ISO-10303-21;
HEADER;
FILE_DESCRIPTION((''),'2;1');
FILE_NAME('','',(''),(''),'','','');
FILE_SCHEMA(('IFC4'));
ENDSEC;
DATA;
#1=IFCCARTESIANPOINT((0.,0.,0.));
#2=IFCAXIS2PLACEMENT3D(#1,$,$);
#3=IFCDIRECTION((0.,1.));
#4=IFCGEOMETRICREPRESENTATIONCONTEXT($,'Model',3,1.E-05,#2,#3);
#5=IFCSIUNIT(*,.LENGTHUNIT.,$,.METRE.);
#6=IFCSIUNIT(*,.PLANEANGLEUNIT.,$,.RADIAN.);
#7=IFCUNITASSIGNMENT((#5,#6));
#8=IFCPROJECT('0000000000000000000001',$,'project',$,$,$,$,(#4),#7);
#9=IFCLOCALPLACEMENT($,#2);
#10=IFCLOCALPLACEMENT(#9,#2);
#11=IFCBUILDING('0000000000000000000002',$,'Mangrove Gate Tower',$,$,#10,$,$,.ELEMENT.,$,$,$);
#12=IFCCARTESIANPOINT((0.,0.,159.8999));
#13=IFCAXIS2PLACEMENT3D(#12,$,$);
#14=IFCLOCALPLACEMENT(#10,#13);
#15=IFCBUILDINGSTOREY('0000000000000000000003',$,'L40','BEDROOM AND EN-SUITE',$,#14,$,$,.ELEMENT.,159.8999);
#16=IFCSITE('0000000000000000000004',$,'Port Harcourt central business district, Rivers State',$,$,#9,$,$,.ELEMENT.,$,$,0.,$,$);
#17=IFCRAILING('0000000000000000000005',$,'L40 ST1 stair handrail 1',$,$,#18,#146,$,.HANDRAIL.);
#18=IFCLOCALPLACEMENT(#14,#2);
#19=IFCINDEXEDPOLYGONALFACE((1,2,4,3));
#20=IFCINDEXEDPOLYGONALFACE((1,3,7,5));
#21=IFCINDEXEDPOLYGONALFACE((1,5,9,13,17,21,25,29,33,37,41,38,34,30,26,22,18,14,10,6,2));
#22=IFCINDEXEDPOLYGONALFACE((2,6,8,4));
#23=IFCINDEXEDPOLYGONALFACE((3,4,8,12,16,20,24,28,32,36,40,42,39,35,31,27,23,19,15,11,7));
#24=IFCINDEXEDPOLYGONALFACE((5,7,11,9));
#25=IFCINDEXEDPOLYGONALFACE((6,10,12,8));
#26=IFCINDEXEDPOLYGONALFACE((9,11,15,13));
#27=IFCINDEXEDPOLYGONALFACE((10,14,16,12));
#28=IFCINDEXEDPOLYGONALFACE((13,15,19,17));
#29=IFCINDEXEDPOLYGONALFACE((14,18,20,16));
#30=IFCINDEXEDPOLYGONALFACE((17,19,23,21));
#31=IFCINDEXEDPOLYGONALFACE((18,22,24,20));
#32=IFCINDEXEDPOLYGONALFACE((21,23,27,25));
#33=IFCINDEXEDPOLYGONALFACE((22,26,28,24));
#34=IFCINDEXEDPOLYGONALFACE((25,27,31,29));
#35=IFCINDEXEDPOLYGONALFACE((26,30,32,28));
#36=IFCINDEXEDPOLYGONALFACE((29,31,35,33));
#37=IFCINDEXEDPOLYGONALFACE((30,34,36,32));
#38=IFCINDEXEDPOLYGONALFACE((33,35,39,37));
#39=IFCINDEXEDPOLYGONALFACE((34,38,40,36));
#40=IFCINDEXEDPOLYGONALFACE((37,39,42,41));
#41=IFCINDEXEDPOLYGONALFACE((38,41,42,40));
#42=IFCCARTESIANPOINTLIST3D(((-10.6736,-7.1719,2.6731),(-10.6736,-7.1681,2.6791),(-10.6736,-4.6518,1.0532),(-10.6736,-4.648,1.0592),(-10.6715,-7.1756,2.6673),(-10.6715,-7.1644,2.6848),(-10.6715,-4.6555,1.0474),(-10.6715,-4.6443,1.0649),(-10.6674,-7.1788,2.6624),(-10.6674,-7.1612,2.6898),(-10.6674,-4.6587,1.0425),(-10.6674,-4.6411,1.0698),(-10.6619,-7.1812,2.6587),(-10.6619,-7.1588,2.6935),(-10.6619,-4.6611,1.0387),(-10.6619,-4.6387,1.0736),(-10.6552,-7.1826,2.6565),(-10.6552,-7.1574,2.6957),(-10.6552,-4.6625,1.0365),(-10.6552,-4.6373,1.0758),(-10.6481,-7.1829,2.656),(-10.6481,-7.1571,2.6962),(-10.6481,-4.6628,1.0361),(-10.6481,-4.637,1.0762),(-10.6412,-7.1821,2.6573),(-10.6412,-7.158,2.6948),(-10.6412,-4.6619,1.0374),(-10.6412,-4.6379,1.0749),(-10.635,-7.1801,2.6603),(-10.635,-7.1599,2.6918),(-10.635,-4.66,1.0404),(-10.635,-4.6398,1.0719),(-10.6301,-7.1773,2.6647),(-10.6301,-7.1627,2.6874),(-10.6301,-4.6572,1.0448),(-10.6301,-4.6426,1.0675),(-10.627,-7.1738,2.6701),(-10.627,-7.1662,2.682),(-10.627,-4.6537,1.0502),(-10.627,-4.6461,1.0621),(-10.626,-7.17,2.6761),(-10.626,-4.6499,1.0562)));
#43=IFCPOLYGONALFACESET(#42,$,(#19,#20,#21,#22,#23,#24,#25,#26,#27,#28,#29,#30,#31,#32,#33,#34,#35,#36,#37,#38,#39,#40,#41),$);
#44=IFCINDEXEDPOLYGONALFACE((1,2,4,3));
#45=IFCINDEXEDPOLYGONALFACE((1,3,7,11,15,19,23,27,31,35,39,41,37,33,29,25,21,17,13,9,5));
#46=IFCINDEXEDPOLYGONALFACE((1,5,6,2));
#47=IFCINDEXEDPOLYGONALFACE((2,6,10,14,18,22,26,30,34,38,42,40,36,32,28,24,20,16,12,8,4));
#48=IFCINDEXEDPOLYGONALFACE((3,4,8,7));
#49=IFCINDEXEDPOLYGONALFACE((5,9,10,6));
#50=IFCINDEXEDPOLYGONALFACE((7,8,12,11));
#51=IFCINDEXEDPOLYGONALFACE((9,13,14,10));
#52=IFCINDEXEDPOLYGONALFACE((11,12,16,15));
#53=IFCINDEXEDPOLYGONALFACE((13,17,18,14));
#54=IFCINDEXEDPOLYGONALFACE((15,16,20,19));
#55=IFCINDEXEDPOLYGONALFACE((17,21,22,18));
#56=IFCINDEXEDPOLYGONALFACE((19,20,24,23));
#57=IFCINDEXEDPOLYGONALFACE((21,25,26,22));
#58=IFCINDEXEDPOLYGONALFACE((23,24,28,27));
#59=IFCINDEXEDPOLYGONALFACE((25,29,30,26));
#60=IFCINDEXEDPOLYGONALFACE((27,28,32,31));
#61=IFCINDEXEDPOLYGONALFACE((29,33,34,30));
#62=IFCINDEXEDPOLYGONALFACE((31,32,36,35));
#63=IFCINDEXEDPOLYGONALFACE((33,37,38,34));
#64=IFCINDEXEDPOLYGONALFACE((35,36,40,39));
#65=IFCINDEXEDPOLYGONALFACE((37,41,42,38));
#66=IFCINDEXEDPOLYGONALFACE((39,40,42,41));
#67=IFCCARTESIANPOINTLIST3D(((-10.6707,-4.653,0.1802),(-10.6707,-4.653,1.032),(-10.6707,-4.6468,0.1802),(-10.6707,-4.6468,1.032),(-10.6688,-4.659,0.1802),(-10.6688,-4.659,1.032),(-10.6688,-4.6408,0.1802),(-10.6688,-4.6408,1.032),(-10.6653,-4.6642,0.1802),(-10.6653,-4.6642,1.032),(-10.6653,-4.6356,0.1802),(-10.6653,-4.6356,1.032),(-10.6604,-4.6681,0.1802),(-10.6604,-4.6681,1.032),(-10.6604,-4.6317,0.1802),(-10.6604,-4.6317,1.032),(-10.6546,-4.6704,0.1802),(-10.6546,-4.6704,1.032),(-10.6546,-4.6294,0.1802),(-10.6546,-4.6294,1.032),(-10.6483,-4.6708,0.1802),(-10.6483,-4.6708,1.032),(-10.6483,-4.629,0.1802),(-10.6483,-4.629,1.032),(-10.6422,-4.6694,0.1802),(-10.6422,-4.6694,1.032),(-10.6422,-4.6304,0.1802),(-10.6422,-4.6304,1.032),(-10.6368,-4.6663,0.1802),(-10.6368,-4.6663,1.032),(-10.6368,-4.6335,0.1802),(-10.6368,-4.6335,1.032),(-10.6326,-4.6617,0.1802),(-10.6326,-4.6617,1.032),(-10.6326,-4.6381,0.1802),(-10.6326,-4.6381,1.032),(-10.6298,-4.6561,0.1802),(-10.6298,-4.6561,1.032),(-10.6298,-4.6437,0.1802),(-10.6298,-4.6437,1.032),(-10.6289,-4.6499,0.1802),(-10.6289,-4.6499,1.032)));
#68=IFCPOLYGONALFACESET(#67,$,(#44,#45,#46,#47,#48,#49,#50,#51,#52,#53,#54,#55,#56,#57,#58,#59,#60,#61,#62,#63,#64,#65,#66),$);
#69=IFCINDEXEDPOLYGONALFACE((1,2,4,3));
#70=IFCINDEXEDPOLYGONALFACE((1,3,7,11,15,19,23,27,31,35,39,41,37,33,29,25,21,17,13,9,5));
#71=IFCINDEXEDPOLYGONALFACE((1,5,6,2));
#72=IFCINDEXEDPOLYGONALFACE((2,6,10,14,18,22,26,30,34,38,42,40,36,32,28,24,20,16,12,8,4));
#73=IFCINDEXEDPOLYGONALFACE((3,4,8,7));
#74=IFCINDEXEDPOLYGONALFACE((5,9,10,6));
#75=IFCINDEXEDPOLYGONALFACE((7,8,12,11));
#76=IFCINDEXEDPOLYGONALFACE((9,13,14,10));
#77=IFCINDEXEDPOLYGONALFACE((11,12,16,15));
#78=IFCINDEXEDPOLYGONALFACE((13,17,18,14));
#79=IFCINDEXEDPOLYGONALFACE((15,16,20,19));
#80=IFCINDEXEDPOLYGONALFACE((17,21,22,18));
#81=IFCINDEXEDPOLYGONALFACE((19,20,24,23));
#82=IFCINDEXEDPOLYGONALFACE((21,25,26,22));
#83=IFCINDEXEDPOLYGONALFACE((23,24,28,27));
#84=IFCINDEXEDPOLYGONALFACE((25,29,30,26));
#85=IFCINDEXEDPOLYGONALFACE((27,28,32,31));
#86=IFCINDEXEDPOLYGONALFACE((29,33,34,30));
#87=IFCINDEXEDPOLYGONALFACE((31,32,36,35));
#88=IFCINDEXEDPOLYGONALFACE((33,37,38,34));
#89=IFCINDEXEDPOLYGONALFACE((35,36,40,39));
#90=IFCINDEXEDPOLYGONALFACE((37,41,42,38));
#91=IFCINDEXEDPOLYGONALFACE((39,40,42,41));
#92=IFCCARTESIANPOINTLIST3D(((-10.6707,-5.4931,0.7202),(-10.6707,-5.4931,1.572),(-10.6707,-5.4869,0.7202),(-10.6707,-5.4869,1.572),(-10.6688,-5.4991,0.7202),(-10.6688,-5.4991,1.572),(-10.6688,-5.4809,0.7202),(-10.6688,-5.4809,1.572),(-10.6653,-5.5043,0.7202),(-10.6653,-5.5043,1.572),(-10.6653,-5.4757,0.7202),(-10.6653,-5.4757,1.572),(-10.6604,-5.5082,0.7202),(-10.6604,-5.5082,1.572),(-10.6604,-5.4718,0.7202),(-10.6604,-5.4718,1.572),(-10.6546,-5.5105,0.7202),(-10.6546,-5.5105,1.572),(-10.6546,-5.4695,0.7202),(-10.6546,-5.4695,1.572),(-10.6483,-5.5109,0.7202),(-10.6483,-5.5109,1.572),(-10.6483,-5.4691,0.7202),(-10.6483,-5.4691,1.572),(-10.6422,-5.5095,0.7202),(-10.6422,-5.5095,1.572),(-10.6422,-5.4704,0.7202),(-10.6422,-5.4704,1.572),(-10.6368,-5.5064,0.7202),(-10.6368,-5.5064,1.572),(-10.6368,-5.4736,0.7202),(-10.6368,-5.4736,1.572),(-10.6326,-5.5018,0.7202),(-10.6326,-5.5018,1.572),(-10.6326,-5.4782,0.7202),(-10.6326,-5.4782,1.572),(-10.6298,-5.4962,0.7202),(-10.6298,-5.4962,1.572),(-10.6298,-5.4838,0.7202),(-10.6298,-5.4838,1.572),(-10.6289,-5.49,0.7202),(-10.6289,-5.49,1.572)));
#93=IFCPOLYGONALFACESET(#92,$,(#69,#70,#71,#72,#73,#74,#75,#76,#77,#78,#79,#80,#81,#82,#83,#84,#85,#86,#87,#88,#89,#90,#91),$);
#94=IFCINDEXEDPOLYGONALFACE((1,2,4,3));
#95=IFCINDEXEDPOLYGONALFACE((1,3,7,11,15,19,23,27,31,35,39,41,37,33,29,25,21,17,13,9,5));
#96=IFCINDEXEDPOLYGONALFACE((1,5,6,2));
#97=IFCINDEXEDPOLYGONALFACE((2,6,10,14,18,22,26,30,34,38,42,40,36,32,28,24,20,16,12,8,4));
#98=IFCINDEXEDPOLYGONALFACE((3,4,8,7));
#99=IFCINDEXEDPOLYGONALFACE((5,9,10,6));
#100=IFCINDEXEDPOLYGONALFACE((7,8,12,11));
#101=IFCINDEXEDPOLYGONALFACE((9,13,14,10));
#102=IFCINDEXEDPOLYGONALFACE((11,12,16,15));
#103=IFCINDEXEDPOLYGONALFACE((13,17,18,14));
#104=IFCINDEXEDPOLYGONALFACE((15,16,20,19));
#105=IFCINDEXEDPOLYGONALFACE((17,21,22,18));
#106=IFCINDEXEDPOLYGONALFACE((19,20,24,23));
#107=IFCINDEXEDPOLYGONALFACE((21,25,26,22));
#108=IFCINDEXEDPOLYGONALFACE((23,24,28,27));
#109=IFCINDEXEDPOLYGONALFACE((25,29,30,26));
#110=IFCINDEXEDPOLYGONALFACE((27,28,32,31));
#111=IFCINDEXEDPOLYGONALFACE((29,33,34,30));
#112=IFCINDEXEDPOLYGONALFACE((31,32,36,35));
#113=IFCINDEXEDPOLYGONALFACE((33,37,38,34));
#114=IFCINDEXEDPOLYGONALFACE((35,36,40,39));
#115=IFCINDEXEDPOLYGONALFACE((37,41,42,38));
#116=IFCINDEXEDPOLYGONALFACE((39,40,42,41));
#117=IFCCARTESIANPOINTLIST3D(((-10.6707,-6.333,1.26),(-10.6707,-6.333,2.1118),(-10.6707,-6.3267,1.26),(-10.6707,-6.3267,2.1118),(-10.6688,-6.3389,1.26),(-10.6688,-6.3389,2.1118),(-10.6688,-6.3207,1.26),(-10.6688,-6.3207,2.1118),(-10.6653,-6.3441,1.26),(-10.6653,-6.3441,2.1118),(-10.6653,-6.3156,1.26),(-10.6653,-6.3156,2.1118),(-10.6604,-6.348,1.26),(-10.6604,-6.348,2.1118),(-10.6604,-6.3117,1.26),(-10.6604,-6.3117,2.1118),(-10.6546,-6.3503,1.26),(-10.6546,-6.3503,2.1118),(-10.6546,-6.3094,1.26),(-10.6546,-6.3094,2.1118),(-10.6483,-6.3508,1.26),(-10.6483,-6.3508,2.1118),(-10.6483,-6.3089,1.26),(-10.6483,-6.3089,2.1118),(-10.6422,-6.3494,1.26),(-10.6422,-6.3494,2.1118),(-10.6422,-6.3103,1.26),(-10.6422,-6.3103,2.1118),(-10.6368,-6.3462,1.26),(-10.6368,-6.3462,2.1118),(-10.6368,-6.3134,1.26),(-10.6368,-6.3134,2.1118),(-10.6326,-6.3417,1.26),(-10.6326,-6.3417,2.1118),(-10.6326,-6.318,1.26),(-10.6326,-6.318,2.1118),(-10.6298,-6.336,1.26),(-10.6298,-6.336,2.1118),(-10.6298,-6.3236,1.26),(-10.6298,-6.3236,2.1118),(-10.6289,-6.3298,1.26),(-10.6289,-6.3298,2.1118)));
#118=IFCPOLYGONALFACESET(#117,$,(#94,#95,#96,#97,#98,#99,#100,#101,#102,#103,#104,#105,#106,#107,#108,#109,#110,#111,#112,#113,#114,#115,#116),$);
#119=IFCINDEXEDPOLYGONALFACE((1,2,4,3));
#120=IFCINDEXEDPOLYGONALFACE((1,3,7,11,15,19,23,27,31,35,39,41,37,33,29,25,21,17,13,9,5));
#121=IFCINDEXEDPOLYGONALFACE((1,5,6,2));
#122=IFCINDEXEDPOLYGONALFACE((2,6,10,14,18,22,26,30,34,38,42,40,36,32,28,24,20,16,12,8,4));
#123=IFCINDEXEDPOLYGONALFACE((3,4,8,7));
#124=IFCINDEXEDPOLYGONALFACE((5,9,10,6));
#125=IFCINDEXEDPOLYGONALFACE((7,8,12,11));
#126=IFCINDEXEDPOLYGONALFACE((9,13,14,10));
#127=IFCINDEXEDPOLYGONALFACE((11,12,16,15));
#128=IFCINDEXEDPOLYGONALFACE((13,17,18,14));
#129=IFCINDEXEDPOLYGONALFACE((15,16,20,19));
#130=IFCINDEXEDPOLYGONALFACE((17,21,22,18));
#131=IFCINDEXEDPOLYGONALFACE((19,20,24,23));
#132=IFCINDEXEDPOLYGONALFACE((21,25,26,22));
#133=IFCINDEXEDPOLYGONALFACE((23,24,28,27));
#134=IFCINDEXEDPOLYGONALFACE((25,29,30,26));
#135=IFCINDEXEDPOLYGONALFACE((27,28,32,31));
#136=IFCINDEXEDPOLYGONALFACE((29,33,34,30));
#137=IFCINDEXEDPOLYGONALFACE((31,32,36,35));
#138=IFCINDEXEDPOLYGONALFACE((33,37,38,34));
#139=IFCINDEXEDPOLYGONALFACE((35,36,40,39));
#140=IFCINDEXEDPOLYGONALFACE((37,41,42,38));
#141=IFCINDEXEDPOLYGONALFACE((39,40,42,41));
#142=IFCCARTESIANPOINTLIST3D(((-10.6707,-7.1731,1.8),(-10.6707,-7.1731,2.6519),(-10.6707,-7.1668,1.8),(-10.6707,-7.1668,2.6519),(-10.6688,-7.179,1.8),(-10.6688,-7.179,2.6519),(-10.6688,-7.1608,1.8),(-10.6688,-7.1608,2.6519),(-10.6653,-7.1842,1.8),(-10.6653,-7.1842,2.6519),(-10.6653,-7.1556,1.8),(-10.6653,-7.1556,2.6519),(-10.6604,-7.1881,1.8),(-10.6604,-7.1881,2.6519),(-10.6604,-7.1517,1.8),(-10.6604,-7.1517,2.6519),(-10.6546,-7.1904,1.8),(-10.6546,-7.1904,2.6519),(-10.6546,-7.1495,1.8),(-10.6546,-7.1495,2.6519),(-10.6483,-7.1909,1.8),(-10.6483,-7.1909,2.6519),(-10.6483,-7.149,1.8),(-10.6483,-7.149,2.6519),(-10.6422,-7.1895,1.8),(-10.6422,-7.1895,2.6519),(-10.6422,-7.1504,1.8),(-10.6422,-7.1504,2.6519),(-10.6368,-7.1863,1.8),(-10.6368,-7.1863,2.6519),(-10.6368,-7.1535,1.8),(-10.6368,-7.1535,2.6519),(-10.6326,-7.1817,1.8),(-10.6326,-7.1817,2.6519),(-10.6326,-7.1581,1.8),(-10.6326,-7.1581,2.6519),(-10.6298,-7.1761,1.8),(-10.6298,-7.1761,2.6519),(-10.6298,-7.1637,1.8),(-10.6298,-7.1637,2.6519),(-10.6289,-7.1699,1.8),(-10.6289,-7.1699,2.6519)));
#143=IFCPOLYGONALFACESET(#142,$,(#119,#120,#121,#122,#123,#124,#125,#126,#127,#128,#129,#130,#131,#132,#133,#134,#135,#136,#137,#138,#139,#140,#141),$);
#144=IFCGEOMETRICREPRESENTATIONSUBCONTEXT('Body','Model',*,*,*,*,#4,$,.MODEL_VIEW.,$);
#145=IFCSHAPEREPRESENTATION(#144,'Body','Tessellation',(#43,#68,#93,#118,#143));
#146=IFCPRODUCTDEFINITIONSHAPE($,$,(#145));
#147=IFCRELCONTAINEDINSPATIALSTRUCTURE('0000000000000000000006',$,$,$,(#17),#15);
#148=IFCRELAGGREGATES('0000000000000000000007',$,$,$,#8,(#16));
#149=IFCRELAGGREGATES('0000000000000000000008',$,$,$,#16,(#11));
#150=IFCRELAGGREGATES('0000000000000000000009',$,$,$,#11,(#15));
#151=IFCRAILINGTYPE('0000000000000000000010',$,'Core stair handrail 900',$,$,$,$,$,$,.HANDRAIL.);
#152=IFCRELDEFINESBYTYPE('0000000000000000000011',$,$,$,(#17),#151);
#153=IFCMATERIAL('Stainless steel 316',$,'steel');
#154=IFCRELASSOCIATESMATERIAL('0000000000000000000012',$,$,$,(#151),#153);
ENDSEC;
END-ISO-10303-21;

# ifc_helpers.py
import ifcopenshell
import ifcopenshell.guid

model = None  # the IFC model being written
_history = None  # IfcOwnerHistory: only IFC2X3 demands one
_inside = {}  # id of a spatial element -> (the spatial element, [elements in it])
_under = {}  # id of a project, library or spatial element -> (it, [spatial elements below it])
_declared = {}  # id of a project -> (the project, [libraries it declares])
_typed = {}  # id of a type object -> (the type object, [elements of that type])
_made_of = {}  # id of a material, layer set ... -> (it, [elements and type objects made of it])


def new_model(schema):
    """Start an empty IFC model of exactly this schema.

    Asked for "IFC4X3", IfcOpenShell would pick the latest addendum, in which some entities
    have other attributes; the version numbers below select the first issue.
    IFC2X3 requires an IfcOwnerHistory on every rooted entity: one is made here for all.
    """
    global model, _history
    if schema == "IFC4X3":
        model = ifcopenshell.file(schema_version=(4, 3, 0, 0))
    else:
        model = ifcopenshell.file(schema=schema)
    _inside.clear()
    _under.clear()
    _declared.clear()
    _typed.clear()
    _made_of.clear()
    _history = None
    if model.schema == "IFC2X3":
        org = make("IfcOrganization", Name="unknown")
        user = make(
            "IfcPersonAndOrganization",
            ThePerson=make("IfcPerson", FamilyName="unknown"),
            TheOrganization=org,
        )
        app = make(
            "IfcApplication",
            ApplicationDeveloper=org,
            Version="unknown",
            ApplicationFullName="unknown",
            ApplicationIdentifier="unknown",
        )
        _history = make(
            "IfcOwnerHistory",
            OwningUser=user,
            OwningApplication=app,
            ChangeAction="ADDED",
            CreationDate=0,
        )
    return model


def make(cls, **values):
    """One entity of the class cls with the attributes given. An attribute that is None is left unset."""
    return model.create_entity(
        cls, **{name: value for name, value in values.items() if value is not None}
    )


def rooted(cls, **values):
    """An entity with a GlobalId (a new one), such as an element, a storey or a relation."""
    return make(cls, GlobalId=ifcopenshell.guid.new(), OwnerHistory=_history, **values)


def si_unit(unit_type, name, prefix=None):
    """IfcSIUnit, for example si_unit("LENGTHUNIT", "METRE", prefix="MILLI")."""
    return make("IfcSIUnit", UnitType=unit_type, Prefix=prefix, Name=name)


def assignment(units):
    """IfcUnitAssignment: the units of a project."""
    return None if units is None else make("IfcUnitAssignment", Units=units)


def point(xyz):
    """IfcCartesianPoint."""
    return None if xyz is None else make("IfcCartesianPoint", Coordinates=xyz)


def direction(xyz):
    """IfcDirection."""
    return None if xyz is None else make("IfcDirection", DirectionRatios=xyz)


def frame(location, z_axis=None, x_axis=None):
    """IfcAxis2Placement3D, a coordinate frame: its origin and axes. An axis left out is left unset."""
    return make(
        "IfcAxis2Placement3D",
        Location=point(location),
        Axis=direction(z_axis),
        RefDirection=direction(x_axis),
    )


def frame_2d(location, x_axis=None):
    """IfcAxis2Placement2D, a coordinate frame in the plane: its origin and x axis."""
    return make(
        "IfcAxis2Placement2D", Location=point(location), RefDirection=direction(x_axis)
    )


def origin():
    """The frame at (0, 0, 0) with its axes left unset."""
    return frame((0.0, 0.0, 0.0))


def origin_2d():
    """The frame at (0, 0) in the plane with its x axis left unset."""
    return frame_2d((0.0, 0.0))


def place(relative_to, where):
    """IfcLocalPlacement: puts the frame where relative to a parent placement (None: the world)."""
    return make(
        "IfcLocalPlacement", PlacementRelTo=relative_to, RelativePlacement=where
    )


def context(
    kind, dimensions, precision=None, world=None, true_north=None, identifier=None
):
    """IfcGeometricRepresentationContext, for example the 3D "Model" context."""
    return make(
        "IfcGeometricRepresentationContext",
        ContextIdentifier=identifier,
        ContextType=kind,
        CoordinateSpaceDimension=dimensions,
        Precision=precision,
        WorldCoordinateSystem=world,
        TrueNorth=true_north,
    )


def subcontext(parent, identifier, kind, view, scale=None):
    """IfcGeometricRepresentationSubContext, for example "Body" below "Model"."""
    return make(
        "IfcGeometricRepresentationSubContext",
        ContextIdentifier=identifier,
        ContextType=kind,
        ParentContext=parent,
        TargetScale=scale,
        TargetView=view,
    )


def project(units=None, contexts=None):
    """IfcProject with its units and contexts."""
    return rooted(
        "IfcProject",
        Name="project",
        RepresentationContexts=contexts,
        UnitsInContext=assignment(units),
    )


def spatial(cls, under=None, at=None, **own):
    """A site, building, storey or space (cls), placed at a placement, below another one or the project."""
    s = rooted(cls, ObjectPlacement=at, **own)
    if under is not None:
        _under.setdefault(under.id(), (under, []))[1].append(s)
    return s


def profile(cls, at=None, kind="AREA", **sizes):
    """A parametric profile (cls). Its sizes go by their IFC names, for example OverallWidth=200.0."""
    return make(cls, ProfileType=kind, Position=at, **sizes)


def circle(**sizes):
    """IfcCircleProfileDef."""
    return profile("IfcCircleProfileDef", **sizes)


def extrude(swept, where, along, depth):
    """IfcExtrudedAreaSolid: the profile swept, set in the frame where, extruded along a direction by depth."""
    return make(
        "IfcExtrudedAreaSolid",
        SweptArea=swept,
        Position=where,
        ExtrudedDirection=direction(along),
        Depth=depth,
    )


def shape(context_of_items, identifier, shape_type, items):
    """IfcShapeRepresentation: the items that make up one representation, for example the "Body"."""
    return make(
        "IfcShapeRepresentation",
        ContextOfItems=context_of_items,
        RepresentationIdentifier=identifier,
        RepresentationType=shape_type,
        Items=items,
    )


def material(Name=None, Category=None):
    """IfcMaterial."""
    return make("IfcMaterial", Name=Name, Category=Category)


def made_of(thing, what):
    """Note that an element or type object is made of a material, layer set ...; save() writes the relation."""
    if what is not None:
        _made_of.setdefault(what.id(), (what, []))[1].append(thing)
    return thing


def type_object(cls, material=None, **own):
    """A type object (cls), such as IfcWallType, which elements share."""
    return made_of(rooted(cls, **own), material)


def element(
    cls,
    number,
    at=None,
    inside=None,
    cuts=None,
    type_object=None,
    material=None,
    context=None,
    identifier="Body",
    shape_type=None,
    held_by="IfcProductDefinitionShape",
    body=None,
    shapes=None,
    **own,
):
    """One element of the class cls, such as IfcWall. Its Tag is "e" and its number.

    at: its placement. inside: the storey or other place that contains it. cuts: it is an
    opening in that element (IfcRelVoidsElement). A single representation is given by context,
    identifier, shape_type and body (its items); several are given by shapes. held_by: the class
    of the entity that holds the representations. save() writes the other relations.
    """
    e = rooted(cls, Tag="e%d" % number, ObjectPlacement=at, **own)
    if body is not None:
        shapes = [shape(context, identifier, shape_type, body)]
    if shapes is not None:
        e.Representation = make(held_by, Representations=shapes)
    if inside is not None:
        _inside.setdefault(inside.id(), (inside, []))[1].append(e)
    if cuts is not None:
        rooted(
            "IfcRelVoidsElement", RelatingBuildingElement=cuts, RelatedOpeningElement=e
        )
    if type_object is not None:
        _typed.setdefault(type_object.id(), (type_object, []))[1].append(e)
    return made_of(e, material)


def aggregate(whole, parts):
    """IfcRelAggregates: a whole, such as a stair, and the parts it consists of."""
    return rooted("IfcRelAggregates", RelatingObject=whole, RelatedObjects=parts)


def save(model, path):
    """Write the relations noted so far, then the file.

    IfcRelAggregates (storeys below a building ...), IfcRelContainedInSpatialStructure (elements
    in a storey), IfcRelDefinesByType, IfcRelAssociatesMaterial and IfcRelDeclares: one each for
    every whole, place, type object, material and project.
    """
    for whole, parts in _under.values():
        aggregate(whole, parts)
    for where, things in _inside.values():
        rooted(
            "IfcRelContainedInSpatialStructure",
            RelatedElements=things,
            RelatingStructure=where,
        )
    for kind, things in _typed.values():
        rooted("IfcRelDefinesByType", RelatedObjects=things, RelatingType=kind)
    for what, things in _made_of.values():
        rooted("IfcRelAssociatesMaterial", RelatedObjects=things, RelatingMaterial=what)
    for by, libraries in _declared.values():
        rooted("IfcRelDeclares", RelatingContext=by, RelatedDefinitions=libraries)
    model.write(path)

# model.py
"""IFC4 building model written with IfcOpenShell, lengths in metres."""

from ifc_helpers import new_model, si_unit, direction, frame, origin, origin_2d, place, context, subcontext, project, spatial, circle, extrude, material, type_object, element, save


model = new_model("IFC4")

# Units and contexts
model_context = context("Model", 3, precision=1e-05, world=origin(), true_north=direction((0.0, 1.0)))
body_context = subcontext(model_context, "Body", "Model", "MODEL_VIEW")
ifc_project = project(units=[si_unit("LENGTHUNIT", "METRE"), si_unit("PLANEANGLEUNIT", "RADIAN")], contexts=[model_context])

# Site, building, storey
site_placement = place(None, origin())
site = spatial("IfcSite", under=ifc_project, at=site_placement, Name="Port Harcourt central business district, Rivers State", CompositionType="ELEMENT", RefElevation=0.0)
building_placement = place(site_placement, origin())
building = spatial("IfcBuilding", under=site, at=building_placement, Name="Mangrove Gate Tower", CompositionType="ELEMENT")
storey_placement = place(building_placement, frame((0.0, 0.0, 159.8999)))
storey = spatial("IfcBuildingStorey", under=building, at=storey_placement, Name="L40", Description="BEDROOM AND EN-SUITE", CompositionType="ELEMENT", Elevation=159.8999)

# Railing
ifc_material_1 = material(Name="Stainless steel 316", Category="steel")
railing_type_1 = type_object("IfcRailingType", Name="Core stair handrail 900", PredefinedType="HANDRAIL", material=ifc_material_1)
railing_1_placement = place(storey_placement, frame((-10.6499, -4.6499, 0.1802)))
element("IfcRailing", 1, at=railing_1_placement, inside=storey, type_object=railing_type_1, Name="L40 ST1 stair handrail 1", PredefinedType="HANDRAIL", context=body_context, shape_type="SweptSolid", body=[
    extrude(circle(Radius=0.0239, at=origin_2d()), frame((0.0, 0.0, 0.876), z_axis=(0.0, -0.8412, 0.540725), x_axis=(1.0, 0.0, 0.0)), (0.0, 0.0, 1.0), 2.9958),
    extrude(circle(Radius=0.021, at=origin_2d()), origin(), (0.0, 0.0, 1.0), 0.8518),
    extrude(circle(Radius=0.021, at=origin_2d()), frame((0.0, -0.8401, 0.54)), (0.0, 0.0, 1.0), 0.8518),
    extrude(circle(Radius=0.021, at=origin_2d()), frame((0.0, -1.6799, 1.0798)), (0.0, 0.0, 1.0), 0.8518),
    extrude(circle(Radius=0.021, at=origin_2d()), frame((0.0, -2.52, 1.6199)), (0.0, 0.0, 1.0), 0.8518),
])

save(model, "model.ifc")
